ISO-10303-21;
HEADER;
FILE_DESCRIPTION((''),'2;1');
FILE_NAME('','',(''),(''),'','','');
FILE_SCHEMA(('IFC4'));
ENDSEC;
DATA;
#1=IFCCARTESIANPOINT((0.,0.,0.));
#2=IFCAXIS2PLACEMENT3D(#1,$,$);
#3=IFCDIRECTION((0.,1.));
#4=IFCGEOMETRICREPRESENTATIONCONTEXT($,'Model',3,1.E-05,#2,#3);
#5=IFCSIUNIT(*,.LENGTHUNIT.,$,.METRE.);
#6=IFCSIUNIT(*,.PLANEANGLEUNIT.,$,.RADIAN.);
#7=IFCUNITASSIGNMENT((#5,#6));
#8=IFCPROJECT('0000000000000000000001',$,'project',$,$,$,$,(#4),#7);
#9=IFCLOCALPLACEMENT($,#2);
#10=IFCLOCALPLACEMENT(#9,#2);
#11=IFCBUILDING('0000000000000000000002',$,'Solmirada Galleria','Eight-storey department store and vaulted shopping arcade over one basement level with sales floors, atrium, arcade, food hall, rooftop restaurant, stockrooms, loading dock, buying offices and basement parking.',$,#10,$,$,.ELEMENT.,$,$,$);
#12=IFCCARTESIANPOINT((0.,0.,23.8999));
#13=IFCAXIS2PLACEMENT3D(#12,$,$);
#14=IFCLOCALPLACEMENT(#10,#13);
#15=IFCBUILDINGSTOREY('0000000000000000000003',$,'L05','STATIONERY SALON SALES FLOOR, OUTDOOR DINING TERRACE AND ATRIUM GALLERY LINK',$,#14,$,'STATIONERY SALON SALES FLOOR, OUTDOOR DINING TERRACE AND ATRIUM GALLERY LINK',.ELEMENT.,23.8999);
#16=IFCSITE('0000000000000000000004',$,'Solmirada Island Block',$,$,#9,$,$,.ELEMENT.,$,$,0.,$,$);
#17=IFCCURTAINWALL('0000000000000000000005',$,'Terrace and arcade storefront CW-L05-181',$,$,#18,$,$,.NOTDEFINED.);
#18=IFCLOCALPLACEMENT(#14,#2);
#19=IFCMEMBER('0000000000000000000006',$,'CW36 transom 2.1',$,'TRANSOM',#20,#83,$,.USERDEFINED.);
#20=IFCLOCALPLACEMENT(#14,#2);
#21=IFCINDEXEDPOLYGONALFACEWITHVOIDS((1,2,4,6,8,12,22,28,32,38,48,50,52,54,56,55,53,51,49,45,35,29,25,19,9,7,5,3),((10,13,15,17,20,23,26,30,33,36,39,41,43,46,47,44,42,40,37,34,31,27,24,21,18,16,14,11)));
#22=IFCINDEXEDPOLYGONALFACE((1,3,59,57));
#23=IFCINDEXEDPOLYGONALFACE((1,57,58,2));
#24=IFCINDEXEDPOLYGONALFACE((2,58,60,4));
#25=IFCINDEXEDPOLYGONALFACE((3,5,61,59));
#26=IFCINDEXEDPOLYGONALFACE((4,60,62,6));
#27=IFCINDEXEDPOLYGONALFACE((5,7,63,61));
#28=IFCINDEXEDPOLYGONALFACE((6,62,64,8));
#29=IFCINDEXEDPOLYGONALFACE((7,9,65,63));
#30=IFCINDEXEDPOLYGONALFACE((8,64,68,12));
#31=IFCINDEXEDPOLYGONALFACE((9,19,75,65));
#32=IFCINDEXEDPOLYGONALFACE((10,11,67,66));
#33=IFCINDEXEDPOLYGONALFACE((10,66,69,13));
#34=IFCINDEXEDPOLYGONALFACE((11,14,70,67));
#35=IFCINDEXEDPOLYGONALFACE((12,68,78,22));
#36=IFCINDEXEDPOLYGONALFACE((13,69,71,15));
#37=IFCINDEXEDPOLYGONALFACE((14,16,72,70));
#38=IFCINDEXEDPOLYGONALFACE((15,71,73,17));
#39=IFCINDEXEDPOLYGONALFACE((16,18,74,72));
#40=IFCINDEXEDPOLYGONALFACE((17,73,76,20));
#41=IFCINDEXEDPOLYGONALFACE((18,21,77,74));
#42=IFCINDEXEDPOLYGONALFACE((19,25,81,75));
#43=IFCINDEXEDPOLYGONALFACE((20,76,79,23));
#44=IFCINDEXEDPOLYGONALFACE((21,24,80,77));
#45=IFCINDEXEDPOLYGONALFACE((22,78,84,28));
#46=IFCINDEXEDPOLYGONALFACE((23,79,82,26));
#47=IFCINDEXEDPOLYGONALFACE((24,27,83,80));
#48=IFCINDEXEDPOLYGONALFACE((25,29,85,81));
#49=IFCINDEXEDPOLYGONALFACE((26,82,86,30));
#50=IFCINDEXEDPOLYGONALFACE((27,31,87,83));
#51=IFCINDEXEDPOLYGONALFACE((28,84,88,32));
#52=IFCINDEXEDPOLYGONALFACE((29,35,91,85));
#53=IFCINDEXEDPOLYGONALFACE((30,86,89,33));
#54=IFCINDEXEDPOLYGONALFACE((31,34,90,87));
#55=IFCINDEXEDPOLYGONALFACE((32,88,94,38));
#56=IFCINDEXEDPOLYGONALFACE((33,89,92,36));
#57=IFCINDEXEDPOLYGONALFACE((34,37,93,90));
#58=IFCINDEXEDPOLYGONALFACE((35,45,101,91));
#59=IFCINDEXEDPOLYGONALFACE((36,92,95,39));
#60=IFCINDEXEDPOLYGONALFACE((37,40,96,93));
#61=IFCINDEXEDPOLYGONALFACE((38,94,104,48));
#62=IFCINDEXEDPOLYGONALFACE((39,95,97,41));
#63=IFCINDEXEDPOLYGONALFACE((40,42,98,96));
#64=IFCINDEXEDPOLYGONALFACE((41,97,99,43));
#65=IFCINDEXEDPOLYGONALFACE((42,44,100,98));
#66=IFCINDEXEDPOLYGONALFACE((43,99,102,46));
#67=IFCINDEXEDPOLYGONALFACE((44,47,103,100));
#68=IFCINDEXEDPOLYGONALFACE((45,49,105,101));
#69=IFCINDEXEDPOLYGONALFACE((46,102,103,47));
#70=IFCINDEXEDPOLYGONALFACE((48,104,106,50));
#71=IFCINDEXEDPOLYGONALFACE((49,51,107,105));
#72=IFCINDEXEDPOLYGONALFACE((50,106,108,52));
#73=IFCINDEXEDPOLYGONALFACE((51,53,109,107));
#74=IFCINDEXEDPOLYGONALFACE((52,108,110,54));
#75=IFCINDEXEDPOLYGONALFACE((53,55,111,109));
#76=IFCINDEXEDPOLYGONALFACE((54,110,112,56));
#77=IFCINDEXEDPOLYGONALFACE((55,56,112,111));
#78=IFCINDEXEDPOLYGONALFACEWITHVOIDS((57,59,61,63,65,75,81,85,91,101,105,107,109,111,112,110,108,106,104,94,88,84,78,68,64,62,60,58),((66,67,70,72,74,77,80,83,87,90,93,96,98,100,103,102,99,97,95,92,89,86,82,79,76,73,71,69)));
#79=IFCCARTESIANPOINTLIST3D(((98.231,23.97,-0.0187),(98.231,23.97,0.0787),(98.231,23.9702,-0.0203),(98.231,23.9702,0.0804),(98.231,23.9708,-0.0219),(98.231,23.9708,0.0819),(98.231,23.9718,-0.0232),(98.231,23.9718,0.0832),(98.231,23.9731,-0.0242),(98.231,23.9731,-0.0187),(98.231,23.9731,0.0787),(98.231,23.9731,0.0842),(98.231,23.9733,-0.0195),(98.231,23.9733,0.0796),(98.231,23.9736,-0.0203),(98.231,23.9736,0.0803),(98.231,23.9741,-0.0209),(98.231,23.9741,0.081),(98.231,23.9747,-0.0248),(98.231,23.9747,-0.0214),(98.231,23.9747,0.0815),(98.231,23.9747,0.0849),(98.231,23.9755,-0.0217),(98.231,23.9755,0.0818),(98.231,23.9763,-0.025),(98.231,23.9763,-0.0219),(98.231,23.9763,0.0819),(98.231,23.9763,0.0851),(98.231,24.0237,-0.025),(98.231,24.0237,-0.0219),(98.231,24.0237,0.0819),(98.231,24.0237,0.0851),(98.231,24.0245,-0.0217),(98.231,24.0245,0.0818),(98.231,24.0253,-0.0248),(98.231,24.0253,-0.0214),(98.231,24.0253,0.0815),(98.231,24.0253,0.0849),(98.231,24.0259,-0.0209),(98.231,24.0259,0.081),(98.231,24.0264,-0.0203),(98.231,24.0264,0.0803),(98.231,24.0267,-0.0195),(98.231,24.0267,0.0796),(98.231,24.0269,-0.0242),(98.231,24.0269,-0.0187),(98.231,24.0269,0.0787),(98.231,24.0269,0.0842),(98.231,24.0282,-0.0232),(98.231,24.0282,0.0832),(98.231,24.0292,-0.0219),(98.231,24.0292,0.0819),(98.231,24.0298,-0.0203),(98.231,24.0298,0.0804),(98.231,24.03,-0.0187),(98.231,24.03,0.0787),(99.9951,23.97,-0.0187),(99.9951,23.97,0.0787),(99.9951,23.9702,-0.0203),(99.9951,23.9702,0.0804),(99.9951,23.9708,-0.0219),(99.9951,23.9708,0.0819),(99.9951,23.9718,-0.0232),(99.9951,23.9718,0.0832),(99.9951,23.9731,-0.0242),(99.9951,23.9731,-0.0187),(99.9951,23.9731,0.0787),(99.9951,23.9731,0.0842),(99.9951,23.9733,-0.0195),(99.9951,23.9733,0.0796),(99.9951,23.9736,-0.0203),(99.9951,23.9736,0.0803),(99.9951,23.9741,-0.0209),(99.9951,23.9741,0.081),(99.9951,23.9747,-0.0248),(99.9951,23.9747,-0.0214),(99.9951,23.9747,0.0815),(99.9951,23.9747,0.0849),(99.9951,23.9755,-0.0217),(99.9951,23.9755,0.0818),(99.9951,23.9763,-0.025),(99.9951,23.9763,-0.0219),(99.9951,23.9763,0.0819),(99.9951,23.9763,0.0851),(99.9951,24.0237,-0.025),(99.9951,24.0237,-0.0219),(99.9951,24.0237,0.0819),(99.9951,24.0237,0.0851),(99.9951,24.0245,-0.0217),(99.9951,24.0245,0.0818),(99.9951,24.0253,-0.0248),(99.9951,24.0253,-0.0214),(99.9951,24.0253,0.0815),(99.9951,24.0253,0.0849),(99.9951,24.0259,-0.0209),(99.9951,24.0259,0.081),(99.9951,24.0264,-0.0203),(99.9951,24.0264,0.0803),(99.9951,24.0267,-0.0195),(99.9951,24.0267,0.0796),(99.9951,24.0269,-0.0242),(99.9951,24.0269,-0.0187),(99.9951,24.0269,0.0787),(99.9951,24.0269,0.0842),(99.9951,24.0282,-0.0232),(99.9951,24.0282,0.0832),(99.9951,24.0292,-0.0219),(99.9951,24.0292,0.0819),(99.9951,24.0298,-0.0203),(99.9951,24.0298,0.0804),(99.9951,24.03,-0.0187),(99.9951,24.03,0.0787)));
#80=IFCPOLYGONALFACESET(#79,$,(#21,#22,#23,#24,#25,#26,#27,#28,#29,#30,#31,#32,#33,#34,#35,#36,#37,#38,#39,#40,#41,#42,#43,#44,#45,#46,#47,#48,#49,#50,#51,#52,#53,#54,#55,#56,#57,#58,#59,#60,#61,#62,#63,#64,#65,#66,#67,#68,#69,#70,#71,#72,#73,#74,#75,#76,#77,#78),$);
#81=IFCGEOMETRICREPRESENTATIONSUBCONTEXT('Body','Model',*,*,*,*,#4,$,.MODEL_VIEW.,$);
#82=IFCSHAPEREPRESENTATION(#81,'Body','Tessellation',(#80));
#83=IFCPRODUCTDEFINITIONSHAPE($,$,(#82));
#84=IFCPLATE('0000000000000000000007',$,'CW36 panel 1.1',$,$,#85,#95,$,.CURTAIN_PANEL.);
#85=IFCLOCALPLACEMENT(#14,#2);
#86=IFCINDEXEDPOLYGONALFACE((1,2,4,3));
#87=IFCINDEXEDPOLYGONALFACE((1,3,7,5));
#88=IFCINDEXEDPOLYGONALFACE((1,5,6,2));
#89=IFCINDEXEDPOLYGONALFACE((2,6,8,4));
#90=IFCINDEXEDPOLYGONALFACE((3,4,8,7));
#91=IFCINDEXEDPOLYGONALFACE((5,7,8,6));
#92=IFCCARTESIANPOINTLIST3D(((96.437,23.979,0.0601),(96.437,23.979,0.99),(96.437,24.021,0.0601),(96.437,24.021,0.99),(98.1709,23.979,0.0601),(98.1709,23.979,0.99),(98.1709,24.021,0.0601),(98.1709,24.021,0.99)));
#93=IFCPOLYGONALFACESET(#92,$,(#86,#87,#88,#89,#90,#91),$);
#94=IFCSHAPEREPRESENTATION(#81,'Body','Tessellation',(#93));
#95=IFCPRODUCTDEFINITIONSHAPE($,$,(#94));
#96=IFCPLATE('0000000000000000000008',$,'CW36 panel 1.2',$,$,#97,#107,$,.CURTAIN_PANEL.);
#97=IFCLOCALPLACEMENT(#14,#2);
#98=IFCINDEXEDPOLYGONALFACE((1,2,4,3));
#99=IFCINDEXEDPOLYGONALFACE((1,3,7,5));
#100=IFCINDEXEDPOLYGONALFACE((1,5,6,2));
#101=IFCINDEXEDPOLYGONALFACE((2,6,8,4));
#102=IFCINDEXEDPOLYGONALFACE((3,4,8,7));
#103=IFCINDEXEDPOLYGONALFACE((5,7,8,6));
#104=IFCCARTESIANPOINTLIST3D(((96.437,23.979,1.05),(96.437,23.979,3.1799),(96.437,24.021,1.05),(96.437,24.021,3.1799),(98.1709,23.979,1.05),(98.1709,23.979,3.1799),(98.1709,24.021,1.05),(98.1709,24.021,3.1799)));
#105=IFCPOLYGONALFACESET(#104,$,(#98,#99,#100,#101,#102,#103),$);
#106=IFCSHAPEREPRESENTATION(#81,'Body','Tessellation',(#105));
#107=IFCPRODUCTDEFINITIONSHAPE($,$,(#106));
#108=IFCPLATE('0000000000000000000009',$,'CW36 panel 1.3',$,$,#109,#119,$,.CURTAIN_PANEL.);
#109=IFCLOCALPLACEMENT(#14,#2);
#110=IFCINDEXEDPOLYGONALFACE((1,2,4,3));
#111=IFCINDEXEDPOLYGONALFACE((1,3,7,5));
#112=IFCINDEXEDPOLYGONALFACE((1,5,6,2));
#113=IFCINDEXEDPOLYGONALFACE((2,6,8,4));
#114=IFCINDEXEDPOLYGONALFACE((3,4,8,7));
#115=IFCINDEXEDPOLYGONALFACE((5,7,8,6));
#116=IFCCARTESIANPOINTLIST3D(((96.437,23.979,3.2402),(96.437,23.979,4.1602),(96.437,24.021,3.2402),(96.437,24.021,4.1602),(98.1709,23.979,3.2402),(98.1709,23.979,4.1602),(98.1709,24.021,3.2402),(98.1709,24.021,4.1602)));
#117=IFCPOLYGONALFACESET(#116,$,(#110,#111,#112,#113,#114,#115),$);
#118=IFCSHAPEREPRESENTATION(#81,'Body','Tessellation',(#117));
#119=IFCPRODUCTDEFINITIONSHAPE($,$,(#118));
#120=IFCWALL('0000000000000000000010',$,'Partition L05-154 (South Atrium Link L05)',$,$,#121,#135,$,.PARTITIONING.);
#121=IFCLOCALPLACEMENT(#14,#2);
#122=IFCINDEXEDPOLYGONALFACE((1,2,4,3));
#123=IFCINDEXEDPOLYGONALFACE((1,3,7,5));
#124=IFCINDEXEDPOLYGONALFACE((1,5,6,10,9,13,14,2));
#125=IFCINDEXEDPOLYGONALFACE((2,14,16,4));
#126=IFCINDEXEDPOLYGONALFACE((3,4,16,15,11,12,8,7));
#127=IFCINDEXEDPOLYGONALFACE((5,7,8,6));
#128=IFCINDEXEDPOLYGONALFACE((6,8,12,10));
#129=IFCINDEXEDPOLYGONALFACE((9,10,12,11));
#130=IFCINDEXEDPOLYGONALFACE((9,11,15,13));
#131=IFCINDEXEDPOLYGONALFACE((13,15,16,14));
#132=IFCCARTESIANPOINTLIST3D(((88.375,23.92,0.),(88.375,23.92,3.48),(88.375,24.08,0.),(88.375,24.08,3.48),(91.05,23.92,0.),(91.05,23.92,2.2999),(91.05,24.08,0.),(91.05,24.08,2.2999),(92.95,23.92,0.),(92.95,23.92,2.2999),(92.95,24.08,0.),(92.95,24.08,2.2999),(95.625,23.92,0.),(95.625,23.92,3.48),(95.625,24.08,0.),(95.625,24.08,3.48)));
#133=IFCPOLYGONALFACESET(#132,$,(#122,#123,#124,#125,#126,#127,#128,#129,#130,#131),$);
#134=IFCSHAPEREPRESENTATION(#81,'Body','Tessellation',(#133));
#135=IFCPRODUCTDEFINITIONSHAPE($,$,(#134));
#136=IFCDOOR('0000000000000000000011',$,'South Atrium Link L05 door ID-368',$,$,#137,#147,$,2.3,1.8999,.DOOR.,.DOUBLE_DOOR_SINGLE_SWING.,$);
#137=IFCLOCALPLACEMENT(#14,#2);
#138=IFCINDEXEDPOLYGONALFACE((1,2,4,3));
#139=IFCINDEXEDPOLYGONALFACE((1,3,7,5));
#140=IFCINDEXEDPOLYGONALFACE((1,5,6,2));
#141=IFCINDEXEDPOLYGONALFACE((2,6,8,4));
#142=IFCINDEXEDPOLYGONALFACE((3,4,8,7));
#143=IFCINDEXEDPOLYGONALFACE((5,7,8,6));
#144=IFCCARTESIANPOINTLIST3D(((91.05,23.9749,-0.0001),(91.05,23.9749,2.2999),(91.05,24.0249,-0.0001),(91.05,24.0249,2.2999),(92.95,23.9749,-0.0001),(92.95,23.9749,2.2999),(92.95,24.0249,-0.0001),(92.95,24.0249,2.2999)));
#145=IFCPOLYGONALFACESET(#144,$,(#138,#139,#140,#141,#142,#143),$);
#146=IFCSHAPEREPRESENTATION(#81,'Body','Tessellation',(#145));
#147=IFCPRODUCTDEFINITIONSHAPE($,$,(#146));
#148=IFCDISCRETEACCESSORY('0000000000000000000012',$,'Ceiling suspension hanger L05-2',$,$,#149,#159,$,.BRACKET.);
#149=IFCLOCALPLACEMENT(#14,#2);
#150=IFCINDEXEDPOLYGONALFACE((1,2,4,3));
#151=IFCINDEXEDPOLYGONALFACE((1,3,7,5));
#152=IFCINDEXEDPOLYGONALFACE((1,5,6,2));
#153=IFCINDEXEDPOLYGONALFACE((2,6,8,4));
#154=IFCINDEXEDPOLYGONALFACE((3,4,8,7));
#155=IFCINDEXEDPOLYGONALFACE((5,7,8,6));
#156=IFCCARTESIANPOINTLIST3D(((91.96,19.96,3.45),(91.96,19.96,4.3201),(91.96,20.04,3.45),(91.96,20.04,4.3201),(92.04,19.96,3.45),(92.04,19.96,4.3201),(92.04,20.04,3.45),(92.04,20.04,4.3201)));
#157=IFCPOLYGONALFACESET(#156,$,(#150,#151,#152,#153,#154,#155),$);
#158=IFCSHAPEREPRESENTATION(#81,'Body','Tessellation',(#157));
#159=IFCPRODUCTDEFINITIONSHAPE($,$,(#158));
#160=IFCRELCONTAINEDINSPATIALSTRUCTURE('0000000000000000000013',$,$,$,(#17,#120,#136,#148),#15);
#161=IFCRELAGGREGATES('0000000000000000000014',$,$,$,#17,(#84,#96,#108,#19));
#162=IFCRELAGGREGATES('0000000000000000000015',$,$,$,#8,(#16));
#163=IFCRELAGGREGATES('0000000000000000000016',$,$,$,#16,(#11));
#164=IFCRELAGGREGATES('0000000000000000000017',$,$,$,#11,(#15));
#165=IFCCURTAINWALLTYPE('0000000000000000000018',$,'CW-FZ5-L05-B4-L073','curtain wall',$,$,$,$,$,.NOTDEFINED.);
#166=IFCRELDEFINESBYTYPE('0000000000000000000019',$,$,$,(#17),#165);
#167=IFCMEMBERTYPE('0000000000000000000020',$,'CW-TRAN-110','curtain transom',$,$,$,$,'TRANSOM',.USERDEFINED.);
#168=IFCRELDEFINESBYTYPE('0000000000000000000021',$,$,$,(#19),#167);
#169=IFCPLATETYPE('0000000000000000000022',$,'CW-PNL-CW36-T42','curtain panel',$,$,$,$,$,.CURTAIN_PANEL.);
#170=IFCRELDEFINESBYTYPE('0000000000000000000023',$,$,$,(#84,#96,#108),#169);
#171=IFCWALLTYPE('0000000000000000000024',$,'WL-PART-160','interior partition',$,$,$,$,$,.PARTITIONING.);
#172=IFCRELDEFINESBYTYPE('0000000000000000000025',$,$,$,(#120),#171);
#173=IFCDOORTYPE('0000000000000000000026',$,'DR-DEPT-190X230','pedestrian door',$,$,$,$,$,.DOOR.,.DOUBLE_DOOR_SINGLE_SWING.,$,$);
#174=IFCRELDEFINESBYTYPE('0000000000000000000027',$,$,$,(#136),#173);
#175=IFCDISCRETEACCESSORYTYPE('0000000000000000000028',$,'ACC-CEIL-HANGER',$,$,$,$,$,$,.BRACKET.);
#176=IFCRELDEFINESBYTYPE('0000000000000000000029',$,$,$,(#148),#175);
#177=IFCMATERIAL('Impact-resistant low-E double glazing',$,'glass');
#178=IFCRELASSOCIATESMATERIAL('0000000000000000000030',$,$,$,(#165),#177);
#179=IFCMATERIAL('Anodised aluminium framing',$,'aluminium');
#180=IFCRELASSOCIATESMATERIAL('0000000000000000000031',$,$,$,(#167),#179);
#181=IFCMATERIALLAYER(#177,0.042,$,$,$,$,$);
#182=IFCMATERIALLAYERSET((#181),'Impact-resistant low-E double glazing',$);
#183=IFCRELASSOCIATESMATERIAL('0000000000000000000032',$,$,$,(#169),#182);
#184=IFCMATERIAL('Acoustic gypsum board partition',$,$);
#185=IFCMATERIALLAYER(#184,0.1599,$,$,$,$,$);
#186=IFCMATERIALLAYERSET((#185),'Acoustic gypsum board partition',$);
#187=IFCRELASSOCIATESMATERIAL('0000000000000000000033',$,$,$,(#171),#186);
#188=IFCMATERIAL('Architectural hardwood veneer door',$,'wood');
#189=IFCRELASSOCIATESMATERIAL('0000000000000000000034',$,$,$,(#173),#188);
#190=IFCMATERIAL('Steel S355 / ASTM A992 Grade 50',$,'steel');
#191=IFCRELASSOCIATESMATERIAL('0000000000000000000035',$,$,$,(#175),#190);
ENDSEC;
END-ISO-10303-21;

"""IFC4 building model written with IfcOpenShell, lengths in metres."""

from ifc_helpers import new_model, si_unit, direction, frame, frame_2d, origin, origin_2d, place, context, subcontext, project, spatial, rectangle, hollow_rectangle, extrude, material, layer, layer_set, material_profile, profile_set, type_object, element, fill, aggregate, save


model = new_model("IFC4")

# Units and contexts
model_context = context("Model", 3, precision=1e-05, world=origin(), true_north=direction((0.0, 1.0)))
body_context = subcontext(model_context, "Body", "Model", "MODEL_VIEW")
ifc_project = project(units=[si_unit("LENGTHUNIT", "METRE"), si_unit("PLANEANGLEUNIT", "RADIAN")], contexts=[model_context])

# Site, building, storey
site_placement = place(None, origin())
site = spatial("IfcSite", under=ifc_project, at=site_placement, Name="Solmirada Island Block", CompositionType="ELEMENT", RefElevation=0.0)
building_placement = place(site_placement, origin())
building = spatial("IfcBuilding", under=site, at=building_placement, Name="Solmirada Galleria", Description="Eight-storey department store and vaulted shopping arcade over one basement level with sales floors, atrium, arcade, food hall, rooftop restaurant, stockrooms, loading dock, buying offices and basement parking.", CompositionType="ELEMENT")
storey_placement = place(building_placement, frame((0.0, 0.0, 23.8999)))
storey = spatial("IfcBuildingStorey", under=building, at=storey_placement, Name="L05", Description="STATIONERY SALON SALES FLOOR, OUTDOOR DINING TERRACE AND ATRIUM GALLERY LINK", LongName="STATIONERY SALON SALES FLOOR, OUTDOOR DINING TERRACE AND ATRIUM GALLERY LINK", CompositionType="ELEMENT", Elevation=23.8999)

# Shared definitions
ifc_material_1 = material(Name="Steel S355 / ASTM A992 Grade 50", Category="steel")

# Curtain wall, member, plates
ifc_material_2 = material(Name="Impact-resistant low-E double glazing", Category="glass")
curtain_wall_type = type_object("IfcCurtainWallType", Name="CW-FZ5-L05-B4-L073", Description="curtain wall", PredefinedType="NOTDEFINED", material=ifc_material_2)
curtain_wall_placement = place(storey_placement, origin())
curtain_wall = element("IfcCurtainWall", 1, at=curtain_wall_placement, inside=storey, type_object=curtain_wall_type, Name="Terrace and arcade storefront CW-L05-181", PredefinedType="NOTDEFINED")
ifc_material_3 = material(Name="Anodised aluminium framing", Category="aluminium")
ifc_material_profile_1 = material_profile(ifc_material_3, hollow_rectangle(XDim=0.0601, YDim=0.1101, WallThickness=0.0032, InnerFilletRadius=0.0032, OuterFilletRadius=0.0063, at=origin_2d()), Name="ALU-TRAN-110X60")
ifc_profile_set_1 = profile_set([ifc_material_profile_1], Name="Anodised aluminium framing")
member_type_1 = type_object("IfcMemberType", Name="CW-TRAN-110", Description="curtain transom", ElementType="TRANSOM", PredefinedType="USERDEFINED", material=ifc_profile_set_1)
member_1_placement = place(storey_placement, frame((98.231, 24.0, 0.03), z_axis=(1.0, 0.0, 0.0), x_axis=(0.0, 1.0, 0.0)))
member_1 = element("IfcMember", 2, at=member_1_placement, type_object=member_type_1, Name="CW36 transom 2.1", ObjectType="TRANSOM", PredefinedType="USERDEFINED", context=body_context, shape_type="SweptSolid", body=[
    extrude(hollow_rectangle(XDim=0.0601, YDim=0.1101, WallThickness=0.0032, InnerFilletRadius=0.0032, OuterFilletRadius=0.0063, at=origin_2d()), origin(), (0.0, 0.0, 1.0), 1.7642),
])
ifc_layer_1 = layer(ifc_material_2, 0.042)
ifc_layer_set_1 = layer_set([ifc_layer_1], Name="Impact-resistant low-E double glazing")
plate_type = type_object("IfcPlateType", Name="CW-PNL-CW36-T42", Description="curtain panel", PredefinedType="CURTAIN_PANEL", material=ifc_layer_set_1)
plate_1_placement = place(storey_placement, frame((97.304, 24.0, 0.0601), z_axis=(0.0, 0.0, 1.0), x_axis=(1.0, 0.0, 0.0)))
plate_1 = element("IfcPlate", 3, at=plate_1_placement, type_object=plate_type, Name="CW36 panel 1.1", PredefinedType="CURTAIN_PANEL", context=body_context, shape_type="SweptSolid", body=[
    extrude(rectangle(XDim=1.7339, YDim=0.042, at=origin_2d()), origin(), (0.0, 0.0, 1.0), 0.9299),
])
plate_2_placement = place(storey_placement, frame((97.304, 24.0, 1.05), z_axis=(0.0, 0.0, 1.0), x_axis=(1.0, 0.0, 0.0)))
plate_2 = element("IfcPlate", 4, at=plate_2_placement, type_object=plate_type, Name="CW36 panel 1.2", PredefinedType="CURTAIN_PANEL", context=body_context, shape_type="SweptSolid", body=[
    extrude(rectangle(XDim=1.7339, YDim=0.042, at=origin_2d()), origin(), (0.0, 0.0, 1.0), 2.1299),
])
plate_3_placement = place(storey_placement, frame((97.304, 24.0, 3.2402), z_axis=(0.0, 0.0, 1.0), x_axis=(1.0, 0.0, 0.0)))
plate_3 = element("IfcPlate", 5, at=plate_3_placement, type_object=plate_type, Name="CW36 panel 1.3", PredefinedType="CURTAIN_PANEL", context=body_context, shape_type="SweptSolid", body=[
    extrude(rectangle(XDim=1.7339, YDim=0.042, at=origin_2d()), origin(), (0.0, 0.0, 1.0), 0.9199),
])
aggregate(curtain_wall, [plate_1, plate_2, plate_3, member_1])

# Wall, opening, door
ifc_material_4 = material(Name="Acoustic gypsum board partition")
ifc_layer_2 = layer(ifc_material_4, 0.1599)
ifc_layer_set_2 = layer_set([ifc_layer_2], Name="Acoustic gypsum board partition")
wall_type = type_object("IfcWallType", Name="WL-PART-160", Description="interior partition", PredefinedType="PARTITIONING", material=ifc_layer_set_2)
wall_placement = place(storey_placement, frame((88.375, 24.0, 0.0), z_axis=(0.0, 0.0, 1.0), x_axis=(1.0, 0.0, 0.0)))
wall = element("IfcWall", 6, at=wall_placement, inside=storey, type_object=wall_type, Name="Partition L05-154 (South Atrium Link L05)", PredefinedType="PARTITIONING", context=body_context, shape_type="SweptSolid", body=[
    extrude(rectangle(XDim=7.25, YDim=0.1599, at=frame_2d((3.625, 0.0))), origin(), (0.0, 0.0, 1.0), 3.48),
])
opening_placement = place(wall_placement, frame((2.675, 0.0, 0.0)))
opening = element("IfcOpeningElement", 7, at=opening_placement, cuts=wall, PredefinedType="OPENING", context=body_context, shape_type="SweptSolid", body=[
    extrude(rectangle(XDim=1.8999, YDim=2.3, at=frame_2d((0.95, 1.1499))), frame((0.0, 0.0898, 0.0), z_axis=(0.0, -1.0, 0.0), x_axis=(1.0, 0.0, 0.0)), (0.0, 0.0, 1.0), 0.1799),
])
ifc_material_5 = material(Name="Architectural hardwood veneer door", Category="wood")
door_type = type_object("IfcDoorType", Name="DR-DEPT-190X230", Description="pedestrian door", OperationType="DOUBLE_DOOR_SINGLE_SWING", PredefinedType="DOOR", material=ifc_material_5)
door_placement = place(opening_placement, origin())
door = element("IfcDoor", 8, at=door_placement, inside=storey, type_object=door_type, Name="South Atrium Link L05 door ID-368", OperationType="DOUBLE_DOOR_SINGLE_SWING", OverallHeight=2.3, OverallWidth=1.8999, PredefinedType="DOOR", context=body_context, shape_type="SweptSolid", body=[
    extrude(rectangle(XDim=1.8999, YDim=2.3, at=frame_2d((0.95, 1.1499))), frame((0.0, 0.0249, 0.0), z_axis=(0.0, -1.0, 0.0), x_axis=(1.0, 0.0, 0.0)), (0.0, 0.0, 1.0), 0.05),
])
fill(opening, door)

# Discrete accessory
discrete_accessory_type = type_object("IfcDiscreteAccessoryType", Name="ACC-CEIL-HANGER", PredefinedType="BRACKET", material=ifc_material_1)
discrete_accessory_placement = place(storey_placement, frame((92.0, 20.0, 3.45), z_axis=(0.0, 0.0, 1.0), x_axis=(1.0, 0.0, 0.0)))
element("IfcDiscreteAccessory", 9, at=discrete_accessory_placement, inside=storey, type_object=discrete_accessory_type, Name="Ceiling suspension hanger L05-2", PredefinedType="BRACKET", context=body_context, shape_type="SweptSolid", body=[
    extrude(rectangle(XDim=0.0801, YDim=0.0801, at=origin_2d()), origin(), (0.0, 0.0, 1.0), 0.8701),
])

save(model, "model.ifc")
